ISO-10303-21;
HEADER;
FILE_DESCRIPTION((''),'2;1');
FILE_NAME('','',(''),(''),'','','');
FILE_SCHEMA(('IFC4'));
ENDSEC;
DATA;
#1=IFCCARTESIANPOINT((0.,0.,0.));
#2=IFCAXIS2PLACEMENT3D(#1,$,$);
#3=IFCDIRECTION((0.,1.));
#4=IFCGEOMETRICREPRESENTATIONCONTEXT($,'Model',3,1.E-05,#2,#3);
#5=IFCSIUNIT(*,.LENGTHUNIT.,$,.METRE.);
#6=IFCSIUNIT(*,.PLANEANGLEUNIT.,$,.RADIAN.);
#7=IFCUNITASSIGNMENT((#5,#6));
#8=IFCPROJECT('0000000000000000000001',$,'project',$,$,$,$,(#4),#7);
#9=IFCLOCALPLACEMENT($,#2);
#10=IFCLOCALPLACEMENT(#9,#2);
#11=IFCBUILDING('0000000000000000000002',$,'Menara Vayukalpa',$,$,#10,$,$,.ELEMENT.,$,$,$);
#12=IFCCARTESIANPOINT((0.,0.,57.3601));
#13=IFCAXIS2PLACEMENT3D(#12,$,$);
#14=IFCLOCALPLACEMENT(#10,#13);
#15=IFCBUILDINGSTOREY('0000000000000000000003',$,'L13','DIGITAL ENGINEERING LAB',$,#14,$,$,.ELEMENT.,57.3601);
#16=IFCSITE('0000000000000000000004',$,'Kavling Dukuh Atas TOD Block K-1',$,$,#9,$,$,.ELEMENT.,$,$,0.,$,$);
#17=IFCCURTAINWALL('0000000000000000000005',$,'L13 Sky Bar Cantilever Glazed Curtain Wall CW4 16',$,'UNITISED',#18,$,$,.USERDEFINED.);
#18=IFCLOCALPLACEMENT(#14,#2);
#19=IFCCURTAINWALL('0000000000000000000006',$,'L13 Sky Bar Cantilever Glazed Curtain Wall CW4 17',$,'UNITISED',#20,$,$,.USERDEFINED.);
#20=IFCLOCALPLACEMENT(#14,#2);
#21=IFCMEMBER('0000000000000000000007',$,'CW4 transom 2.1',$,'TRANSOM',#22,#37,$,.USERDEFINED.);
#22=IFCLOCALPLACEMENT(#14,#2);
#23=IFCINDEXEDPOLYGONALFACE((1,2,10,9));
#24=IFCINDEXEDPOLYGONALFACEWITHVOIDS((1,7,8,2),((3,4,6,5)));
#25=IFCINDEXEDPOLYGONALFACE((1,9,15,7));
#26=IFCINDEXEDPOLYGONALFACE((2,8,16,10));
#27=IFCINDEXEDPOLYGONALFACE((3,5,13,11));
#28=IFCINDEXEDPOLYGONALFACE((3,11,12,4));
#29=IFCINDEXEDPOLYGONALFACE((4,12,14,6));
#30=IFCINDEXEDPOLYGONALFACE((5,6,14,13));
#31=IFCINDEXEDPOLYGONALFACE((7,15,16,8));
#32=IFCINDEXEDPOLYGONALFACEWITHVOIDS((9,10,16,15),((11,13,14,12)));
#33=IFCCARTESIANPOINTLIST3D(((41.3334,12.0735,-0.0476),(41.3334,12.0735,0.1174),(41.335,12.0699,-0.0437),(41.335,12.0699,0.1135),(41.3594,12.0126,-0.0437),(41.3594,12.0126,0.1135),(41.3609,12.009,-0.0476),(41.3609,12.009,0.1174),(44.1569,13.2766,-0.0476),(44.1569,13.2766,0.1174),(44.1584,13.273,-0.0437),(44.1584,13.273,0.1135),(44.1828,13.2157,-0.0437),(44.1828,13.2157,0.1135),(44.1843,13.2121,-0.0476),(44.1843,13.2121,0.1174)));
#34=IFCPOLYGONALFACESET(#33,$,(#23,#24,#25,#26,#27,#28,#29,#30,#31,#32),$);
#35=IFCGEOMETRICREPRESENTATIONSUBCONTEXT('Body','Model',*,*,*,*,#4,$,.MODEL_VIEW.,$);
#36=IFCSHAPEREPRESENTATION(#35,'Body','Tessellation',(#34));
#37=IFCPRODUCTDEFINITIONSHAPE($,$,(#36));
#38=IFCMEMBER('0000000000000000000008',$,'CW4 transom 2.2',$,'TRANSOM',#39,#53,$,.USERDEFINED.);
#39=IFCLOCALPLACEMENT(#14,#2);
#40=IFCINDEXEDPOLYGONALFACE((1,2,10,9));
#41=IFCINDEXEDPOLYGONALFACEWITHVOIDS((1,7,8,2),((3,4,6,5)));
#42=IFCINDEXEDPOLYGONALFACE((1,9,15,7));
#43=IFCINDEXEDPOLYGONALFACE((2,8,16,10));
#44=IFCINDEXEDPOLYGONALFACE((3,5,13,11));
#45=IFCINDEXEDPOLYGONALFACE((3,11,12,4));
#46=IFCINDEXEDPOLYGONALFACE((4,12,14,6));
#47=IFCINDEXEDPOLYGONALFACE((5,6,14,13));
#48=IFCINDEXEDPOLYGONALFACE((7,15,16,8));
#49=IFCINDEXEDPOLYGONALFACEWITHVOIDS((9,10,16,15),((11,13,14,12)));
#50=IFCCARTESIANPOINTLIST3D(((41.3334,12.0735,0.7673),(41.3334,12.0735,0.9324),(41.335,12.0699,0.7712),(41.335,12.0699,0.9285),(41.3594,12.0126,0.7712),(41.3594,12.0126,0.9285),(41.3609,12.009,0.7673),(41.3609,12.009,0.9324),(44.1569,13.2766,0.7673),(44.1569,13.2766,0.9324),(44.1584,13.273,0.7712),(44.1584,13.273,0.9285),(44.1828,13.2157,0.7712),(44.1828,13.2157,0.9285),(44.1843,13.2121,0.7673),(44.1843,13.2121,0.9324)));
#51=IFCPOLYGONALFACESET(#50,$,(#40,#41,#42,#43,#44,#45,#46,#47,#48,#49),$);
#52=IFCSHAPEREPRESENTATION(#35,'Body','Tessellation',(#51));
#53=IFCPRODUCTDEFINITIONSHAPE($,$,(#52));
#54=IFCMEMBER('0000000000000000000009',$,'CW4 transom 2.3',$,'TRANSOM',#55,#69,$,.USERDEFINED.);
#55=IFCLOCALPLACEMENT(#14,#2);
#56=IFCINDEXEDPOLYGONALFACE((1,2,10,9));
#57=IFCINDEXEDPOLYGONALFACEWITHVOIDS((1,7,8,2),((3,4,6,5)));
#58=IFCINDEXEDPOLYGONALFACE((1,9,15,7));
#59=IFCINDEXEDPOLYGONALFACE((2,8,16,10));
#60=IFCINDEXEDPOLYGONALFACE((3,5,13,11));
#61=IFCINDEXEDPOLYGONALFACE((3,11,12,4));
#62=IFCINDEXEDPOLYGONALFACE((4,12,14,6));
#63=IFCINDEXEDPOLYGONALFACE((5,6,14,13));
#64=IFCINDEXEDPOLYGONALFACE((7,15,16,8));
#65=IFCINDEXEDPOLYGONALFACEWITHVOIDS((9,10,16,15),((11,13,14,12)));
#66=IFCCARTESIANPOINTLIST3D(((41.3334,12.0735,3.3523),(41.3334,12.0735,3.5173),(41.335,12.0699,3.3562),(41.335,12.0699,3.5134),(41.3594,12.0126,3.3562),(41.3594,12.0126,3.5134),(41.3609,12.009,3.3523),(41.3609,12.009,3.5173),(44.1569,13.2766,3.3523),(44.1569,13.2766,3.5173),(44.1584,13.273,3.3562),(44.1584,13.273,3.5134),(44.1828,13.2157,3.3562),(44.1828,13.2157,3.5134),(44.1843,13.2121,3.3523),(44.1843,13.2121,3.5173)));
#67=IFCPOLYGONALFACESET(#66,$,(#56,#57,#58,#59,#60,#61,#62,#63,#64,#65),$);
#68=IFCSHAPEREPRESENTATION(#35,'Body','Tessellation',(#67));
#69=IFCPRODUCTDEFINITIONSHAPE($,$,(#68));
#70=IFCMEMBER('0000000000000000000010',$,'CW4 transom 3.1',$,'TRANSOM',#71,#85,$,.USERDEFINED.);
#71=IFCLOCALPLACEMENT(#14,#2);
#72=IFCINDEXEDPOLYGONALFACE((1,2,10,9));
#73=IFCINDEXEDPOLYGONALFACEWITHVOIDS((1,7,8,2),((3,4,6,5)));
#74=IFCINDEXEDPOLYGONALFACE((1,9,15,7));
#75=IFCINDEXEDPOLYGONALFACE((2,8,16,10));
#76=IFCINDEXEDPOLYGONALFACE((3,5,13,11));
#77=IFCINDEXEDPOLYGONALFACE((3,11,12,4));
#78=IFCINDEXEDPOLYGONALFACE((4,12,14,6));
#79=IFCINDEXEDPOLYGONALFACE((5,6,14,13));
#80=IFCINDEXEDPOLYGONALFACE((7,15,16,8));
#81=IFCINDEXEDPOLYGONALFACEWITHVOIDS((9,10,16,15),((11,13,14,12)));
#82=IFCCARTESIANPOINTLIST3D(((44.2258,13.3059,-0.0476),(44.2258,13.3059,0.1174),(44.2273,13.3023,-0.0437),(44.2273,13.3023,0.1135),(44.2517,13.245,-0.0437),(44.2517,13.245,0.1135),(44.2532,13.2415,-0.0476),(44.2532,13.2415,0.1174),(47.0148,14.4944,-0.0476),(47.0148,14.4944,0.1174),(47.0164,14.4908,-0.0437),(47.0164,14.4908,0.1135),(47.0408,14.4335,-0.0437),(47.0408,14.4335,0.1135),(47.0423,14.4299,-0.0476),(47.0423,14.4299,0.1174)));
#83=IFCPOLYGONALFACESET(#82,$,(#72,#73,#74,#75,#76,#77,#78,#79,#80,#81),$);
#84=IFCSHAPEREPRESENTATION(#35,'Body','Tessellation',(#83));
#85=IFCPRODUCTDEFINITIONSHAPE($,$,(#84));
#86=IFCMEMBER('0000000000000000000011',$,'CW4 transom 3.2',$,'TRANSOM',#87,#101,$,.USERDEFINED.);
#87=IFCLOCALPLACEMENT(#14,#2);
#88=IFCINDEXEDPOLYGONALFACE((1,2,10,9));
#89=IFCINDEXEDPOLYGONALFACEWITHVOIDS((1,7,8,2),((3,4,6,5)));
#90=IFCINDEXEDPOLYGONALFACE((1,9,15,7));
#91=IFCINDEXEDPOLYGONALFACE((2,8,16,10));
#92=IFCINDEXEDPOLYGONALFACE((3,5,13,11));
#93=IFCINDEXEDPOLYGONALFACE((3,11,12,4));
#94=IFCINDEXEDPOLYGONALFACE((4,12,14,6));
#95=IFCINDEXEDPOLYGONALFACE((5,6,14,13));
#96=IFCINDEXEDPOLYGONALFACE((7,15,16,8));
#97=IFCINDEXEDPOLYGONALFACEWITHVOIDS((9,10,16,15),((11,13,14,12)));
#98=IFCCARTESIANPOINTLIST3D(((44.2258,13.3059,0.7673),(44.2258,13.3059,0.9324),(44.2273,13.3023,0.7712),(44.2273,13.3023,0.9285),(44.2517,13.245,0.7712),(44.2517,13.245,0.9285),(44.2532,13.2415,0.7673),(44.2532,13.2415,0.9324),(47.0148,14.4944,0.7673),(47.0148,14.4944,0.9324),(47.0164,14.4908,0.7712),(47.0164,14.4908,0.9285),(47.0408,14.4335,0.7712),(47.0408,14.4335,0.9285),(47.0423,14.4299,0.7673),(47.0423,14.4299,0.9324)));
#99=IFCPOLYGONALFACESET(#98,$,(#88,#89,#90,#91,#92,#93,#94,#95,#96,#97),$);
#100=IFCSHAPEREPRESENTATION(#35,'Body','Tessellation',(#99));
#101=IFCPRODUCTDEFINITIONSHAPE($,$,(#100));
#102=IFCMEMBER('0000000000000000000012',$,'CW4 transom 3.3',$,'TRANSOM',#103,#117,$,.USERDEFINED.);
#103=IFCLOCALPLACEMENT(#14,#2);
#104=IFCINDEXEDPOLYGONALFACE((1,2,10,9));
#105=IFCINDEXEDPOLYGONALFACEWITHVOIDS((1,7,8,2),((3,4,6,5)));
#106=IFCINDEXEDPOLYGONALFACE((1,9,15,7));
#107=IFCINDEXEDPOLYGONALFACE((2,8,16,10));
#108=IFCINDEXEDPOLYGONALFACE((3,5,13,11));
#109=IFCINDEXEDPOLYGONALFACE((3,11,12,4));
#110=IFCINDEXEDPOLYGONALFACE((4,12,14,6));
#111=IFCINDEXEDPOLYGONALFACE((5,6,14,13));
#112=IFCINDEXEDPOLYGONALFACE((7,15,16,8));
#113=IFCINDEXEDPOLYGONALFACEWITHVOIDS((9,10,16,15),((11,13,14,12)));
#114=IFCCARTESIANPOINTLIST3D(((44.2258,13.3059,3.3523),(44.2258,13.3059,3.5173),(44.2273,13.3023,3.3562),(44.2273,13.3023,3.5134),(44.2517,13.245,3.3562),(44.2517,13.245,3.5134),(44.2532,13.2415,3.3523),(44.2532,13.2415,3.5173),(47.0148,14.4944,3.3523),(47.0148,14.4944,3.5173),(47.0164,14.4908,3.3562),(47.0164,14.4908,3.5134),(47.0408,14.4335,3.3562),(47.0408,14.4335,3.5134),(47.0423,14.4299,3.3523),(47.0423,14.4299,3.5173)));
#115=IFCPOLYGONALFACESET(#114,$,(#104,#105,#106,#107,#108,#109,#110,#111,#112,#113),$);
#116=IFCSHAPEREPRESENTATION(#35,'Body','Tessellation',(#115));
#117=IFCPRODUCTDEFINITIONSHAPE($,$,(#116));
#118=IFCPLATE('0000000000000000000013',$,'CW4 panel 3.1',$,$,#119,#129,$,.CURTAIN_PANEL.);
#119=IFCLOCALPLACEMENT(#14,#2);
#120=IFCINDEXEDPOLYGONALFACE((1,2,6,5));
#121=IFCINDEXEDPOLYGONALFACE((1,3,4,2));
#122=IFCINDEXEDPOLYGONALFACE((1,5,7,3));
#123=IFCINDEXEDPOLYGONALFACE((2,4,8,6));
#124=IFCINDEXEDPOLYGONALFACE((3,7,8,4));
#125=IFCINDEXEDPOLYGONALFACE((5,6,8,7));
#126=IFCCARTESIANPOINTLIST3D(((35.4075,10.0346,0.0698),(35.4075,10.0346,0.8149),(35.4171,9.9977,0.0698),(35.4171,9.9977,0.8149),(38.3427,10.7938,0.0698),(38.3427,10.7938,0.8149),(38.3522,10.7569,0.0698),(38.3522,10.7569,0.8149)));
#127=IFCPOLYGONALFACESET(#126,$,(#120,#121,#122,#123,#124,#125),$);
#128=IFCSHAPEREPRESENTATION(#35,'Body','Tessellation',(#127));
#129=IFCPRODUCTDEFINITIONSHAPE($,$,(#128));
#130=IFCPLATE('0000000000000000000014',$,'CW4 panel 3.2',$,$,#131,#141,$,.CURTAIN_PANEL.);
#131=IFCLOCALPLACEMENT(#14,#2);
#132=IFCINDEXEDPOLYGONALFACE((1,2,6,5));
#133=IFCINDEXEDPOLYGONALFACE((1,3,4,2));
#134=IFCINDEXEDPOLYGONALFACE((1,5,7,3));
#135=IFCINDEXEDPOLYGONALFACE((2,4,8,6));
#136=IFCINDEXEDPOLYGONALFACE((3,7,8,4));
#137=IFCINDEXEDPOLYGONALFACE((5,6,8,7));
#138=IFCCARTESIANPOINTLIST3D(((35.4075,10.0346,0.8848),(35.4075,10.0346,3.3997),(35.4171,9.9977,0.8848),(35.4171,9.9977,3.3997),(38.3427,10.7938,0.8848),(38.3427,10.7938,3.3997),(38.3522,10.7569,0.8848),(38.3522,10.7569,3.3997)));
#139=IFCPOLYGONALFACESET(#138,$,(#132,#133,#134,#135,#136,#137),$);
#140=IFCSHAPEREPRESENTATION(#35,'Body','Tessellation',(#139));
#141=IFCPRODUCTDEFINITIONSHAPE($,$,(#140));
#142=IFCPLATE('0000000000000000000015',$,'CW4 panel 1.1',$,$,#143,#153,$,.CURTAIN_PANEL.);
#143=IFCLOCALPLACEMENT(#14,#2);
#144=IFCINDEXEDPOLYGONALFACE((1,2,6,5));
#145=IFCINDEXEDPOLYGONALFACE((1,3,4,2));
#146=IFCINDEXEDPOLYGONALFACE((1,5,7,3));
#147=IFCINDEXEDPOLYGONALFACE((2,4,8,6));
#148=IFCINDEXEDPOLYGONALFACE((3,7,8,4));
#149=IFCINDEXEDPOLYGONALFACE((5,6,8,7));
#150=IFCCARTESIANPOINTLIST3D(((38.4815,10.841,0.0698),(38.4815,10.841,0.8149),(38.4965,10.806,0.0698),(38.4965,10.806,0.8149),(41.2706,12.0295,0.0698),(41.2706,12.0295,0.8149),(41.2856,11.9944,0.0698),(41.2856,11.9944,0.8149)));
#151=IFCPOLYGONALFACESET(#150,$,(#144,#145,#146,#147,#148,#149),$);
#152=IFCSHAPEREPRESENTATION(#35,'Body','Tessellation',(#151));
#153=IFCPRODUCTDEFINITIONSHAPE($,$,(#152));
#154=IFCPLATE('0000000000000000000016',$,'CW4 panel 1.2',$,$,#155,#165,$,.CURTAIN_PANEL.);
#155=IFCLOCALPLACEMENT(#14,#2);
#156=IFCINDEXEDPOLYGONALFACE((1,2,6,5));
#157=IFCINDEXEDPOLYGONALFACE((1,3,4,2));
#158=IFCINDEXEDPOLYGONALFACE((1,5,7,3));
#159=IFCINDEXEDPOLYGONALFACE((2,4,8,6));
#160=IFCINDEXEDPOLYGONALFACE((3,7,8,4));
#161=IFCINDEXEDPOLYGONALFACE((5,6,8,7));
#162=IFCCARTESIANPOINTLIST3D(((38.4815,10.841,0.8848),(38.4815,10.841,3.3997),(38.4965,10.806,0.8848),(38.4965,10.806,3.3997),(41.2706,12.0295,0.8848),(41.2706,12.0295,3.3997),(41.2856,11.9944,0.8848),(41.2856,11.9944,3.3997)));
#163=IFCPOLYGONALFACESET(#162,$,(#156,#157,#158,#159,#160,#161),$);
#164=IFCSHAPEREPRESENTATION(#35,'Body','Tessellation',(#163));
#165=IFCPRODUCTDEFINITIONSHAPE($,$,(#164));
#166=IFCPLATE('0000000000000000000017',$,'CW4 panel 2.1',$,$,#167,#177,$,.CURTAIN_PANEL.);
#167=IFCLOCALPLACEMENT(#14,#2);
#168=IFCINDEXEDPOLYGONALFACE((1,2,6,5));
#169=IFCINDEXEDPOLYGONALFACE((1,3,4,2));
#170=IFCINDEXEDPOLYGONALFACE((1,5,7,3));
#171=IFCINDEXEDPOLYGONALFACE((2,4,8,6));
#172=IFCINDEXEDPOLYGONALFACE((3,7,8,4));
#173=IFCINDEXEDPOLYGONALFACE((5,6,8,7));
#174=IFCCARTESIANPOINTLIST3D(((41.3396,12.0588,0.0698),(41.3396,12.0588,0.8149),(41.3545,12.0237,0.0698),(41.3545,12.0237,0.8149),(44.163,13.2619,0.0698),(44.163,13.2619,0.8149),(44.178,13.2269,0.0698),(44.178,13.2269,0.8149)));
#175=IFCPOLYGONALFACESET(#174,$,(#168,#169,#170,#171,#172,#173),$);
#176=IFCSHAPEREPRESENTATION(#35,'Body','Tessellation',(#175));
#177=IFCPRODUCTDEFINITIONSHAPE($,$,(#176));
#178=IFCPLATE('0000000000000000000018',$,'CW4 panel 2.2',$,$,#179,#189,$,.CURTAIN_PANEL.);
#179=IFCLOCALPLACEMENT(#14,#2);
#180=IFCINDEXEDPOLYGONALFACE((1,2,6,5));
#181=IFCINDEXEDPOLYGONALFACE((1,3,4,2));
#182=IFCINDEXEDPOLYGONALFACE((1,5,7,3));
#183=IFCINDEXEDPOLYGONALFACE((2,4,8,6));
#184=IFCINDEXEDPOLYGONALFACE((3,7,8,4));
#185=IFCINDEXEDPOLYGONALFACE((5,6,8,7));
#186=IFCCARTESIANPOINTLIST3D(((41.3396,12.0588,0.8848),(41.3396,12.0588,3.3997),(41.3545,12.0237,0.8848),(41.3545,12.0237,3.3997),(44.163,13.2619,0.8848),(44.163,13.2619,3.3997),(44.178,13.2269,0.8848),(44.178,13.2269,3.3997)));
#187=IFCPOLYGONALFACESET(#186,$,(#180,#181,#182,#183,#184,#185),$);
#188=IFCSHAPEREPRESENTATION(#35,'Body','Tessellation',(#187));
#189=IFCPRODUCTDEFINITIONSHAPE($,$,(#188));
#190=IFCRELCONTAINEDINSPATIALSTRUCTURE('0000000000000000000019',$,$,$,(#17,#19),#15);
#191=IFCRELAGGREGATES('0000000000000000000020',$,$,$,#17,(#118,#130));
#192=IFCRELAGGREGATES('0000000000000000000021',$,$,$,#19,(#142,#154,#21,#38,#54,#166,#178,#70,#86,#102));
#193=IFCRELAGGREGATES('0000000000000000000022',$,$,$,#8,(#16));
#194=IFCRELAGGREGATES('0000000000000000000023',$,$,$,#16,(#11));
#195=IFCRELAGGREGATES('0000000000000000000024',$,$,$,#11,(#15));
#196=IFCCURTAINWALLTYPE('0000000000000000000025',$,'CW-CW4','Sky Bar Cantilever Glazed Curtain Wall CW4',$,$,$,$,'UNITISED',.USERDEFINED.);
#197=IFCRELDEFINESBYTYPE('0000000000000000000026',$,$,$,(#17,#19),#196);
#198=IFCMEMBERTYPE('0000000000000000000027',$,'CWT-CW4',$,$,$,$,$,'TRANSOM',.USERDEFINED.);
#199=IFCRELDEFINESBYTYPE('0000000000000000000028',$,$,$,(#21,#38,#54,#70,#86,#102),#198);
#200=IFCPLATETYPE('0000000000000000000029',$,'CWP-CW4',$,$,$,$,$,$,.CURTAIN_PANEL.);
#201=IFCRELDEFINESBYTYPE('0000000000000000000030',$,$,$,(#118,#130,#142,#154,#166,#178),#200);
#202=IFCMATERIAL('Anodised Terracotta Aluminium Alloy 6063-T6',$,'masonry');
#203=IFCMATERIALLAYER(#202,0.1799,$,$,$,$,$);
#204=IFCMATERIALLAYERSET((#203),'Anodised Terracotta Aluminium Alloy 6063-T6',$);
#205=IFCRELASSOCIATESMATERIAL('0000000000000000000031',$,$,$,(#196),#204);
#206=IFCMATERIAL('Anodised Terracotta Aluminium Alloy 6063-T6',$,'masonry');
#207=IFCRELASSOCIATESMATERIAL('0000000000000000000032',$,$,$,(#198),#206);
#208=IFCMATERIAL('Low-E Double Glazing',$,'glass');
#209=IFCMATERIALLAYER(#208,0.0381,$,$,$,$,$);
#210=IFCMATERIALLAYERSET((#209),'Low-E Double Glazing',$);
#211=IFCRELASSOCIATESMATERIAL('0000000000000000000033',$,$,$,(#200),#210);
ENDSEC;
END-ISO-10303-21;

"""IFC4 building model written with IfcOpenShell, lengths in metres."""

from ifc_helpers import new_model, si_unit, direction, frame, origin, origin_2d, place, context, subcontext, project, spatial, rectangle, hollow_rectangle, extrude, material, layer, layer_set, material_profile, profile_set, type_object, element, aggregate, save


model = new_model("IFC4")

# Units and contexts
model_context = context("Model", 3, precision=1e-05, world=origin(), true_north=direction((0.0, 1.0)))
body_context = subcontext(model_context, "Body", "Model", "MODEL_VIEW")
ifc_project = project(units=[si_unit("LENGTHUNIT", "METRE"), si_unit("PLANEANGLEUNIT", "RADIAN")], contexts=[model_context])

# Site, building, storey
site_placement = place(None, origin())
site = spatial("IfcSite", under=ifc_project, at=site_placement, Name="Kavling Dukuh Atas TOD Block K-1", CompositionType="ELEMENT", RefElevation=0.0)
building_placement = place(site_placement, origin())
building = spatial("IfcBuilding", under=site, at=building_placement, Name="Menara Vayukalpa", CompositionType="ELEMENT")
storey_placement = place(building_placement, frame((0.0, 0.0, 57.3601)))
storey = spatial("IfcBuildingStorey", under=building, at=storey_placement, Name="L13", Description="DIGITAL ENGINEERING LAB", CompositionType="ELEMENT", Elevation=57.3601)

# Curtain walls
ifc_material_1 = material(Name="Anodised Terracotta Aluminium Alloy 6063-T6", Category="masonry")
ifc_layer_1 = layer(ifc_material_1, 0.1799)
ifc_layer_set_1 = layer_set([ifc_layer_1], Name="Anodised Terracotta Aluminium Alloy 6063-T6")
curtain_wall_type = type_object("IfcCurtainWallType", Name="CW-CW4", Description="Sky Bar Cantilever Glazed Curtain Wall CW4", ElementType="UNITISED", PredefinedType="USERDEFINED", material=ifc_layer_set_1)
curtain_wall_1_placement = place(storey_placement, origin())
curtain_wall_1 = element("IfcCurtainWall", 1, at=curtain_wall_1_placement, inside=storey, type_object=curtain_wall_type, Name="L13 Sky Bar Cantilever Glazed Curtain Wall CW4 16", ObjectType="UNITISED", PredefinedType="USERDEFINED")
curtain_wall_2_placement = place(storey_placement, origin())
curtain_wall_2 = element("IfcCurtainWall", 2, at=curtain_wall_2_placement, inside=storey, type_object=curtain_wall_type, Name="L13 Sky Bar Cantilever Glazed Curtain Wall CW4 17", ObjectType="UNITISED", PredefinedType="USERDEFINED")

# Members
ifc_material_2 = material(Name="Anodised Terracotta Aluminium Alloy 6063-T6", Category="masonry")
ifc_material_profile_1 = material_profile(ifc_material_2, hollow_rectangle(XDim=0.0701, YDim=0.165, WallThickness=0.0039, at=origin_2d()), Name="ALU 70x165x4")
ifc_profile_set_1 = profile_set([ifc_material_profile_1], Name="Anodised Terracotta Aluminium Alloy 6063-T6")
member_type_1 = type_object("IfcMemberType", Name="CWT-CW4", ElementType="TRANSOM", PredefinedType="USERDEFINED", material=ifc_profile_set_1)
member_1_placement = place(storey_placement, frame((41.3472, 12.0413, 0.0349), z_axis=(0.919962, 0.392008, 0.0), x_axis=(-0.392008, 0.919962, 0.0)))
member_1 = element("IfcMember", 3, at=member_1_placement, type_object=member_type_1, Name="CW4 transom 2.1", ObjectType="TRANSOM", PredefinedType="USERDEFINED", context=body_context, shape_type="SweptSolid", body=[
    extrude(hollow_rectangle(XDim=0.0701, YDim=0.165, WallThickness=0.0039, at=origin_2d()), origin(), (0.0, 0.0, 1.0), 3.0691),
])
member_2_placement = place(storey_placement, frame((41.3472, 12.0413, 0.8499), z_axis=(0.919962, 0.392008, 0.0), x_axis=(-0.392008, 0.919962, 0.0)))
member_2 = element("IfcMember", 4, at=member_2_placement, type_object=member_type_1, Name="CW4 transom 2.2", ObjectType="TRANSOM", PredefinedType="USERDEFINED", context=body_context, shape_type="SweptSolid", body=[
    extrude(hollow_rectangle(XDim=0.0701, YDim=0.165, WallThickness=0.0039, at=origin_2d()), origin(), (0.0, 0.0, 1.0), 3.0691),
])
member_3_placement = place(storey_placement, frame((41.3472, 12.0413, 3.4348), z_axis=(0.919962, 0.392008, 0.0), x_axis=(-0.392008, 0.919962, 0.0)))
member_3 = element("IfcMember", 5, at=member_3_placement, type_object=member_type_1, Name="CW4 transom 2.3", ObjectType="TRANSOM", PredefinedType="USERDEFINED", context=body_context, shape_type="SweptSolid", body=[
    extrude(hollow_rectangle(XDim=0.0701, YDim=0.165, WallThickness=0.0039, at=origin_2d()), origin(), (0.0, 0.0, 1.0), 3.0691),
])
member_4_placement = place(storey_placement, frame((44.2395, 13.2737, 0.0349), z_axis=(0.919959, 0.392014, 0.0), x_axis=(-0.392014, 0.919959, 0.0)))
member_4 = element("IfcMember", 6, at=member_4_placement, type_object=member_type_1, Name="CW4 transom 3.1", ObjectType="TRANSOM", PredefinedType="USERDEFINED", context=body_context, shape_type="SweptSolid", body=[
    extrude(hollow_rectangle(XDim=0.0701, YDim=0.165, WallThickness=0.0039, at=origin_2d()), origin(), (0.0, 0.0, 1.0), 3.0317),
])
member_5_placement = place(storey_placement, frame((44.2395, 13.2737, 0.8499), z_axis=(0.919959, 0.392014, 0.0), x_axis=(-0.392014, 0.919959, 0.0)))
member_5 = element("IfcMember", 7, at=member_5_placement, type_object=member_type_1, Name="CW4 transom 3.2", ObjectType="TRANSOM", PredefinedType="USERDEFINED", context=body_context, shape_type="SweptSolid", body=[
    extrude(hollow_rectangle(XDim=0.0701, YDim=0.165, WallThickness=0.0039, at=origin_2d()), origin(), (0.0, 0.0, 1.0), 3.0317),
])
member_6_placement = place(storey_placement, frame((44.2395, 13.2737, 3.4348), z_axis=(0.919959, 0.392014, 0.0), x_axis=(-0.392014, 0.919959, 0.0)))
member_6 = element("IfcMember", 8, at=member_6_placement, type_object=member_type_1, Name="CW4 transom 3.3", ObjectType="TRANSOM", PredefinedType="USERDEFINED", context=body_context, shape_type="SweptSolid", body=[
    extrude(hollow_rectangle(XDim=0.0701, YDim=0.165, WallThickness=0.0039, at=origin_2d()), origin(), (0.0, 0.0, 1.0), 3.0317),
])

# Plates
ifc_material_3 = material(Name="Low-E Double Glazing", Category="glass")
ifc_layer_2 = layer(ifc_material_3, 0.0381)
ifc_layer_set_2 = layer_set([ifc_layer_2], Name="Low-E Double Glazing")
plate_type = type_object("IfcPlateType", Name="CWP-CW4", PredefinedType="CURTAIN_PANEL", material=ifc_layer_set_2)
plate_1_placement = place(storey_placement, frame((36.8799, 10.3958, 0.0698), z_axis=(0.0, 0.0, 1.0), x_axis=(0.968142, 0.250403, 0.0)))
plate_1 = element("IfcPlate", 9, at=plate_1_placement, type_object=plate_type, Name="CW4 panel 3.1", PredefinedType="CURTAIN_PANEL", context=body_context, shape_type="SweptSolid", body=[
    extrude(rectangle(XDim=3.0317, YDim=0.0381, at=origin_2d()), origin(), (0.0, 0.0, 1.0), 0.7451),
])
plate_2_placement = place(storey_placement, frame((36.8799, 10.3958, 0.8848), z_axis=(0.0, 0.0, 1.0), x_axis=(0.968142, 0.250403, 0.0)))
plate_2 = element("IfcPlate", 10, at=plate_2_placement, type_object=plate_type, Name="CW4 panel 3.2", PredefinedType="CURTAIN_PANEL", context=body_context, shape_type="SweptSolid", body=[
    extrude(rectangle(XDim=3.0317, YDim=0.0381, at=origin_2d()), origin(), (0.0, 0.0, 1.0), 2.5149),
])
aggregate(curtain_wall_1, [plate_1, plate_2])
plate_3_placement = place(storey_placement, frame((39.8835, 11.4177, 0.0698), z_axis=(0.0, 0.0, 1.0), x_axis=(0.919962, 0.392008, 0.0)))
plate_3 = element("IfcPlate", 11, at=plate_3_placement, type_object=plate_type, Name="CW4 panel 1.1", PredefinedType="CURTAIN_PANEL", context=body_context, shape_type="SweptSolid", body=[
    extrude(rectangle(XDim=3.0317, YDim=0.0381, at=origin_2d()), origin(), (0.0, 0.0, 1.0), 0.7451),
])
plate_4_placement = place(storey_placement, frame((39.8835, 11.4177, 0.8848), z_axis=(0.0, 0.0, 1.0), x_axis=(0.919962, 0.392008, 0.0)))
plate_4 = element("IfcPlate", 12, at=plate_4_placement, type_object=plate_type, Name="CW4 panel 1.2", PredefinedType="CURTAIN_PANEL", context=body_context, shape_type="SweptSolid", body=[
    extrude(rectangle(XDim=3.0317, YDim=0.0381, at=origin_2d()), origin(), (0.0, 0.0, 1.0), 2.5149),
])
plate_5_placement = place(storey_placement, frame((42.7588, 12.6428, 0.0698), z_axis=(0.0, 0.0, 1.0), x_axis=(0.919962, 0.392008, 0.0)))
plate_5 = element("IfcPlate", 13, at=plate_5_placement, type_object=plate_type, Name="CW4 panel 2.1", PredefinedType="CURTAIN_PANEL", context=body_context, shape_type="SweptSolid", body=[
    extrude(rectangle(XDim=3.0691, YDim=0.0381, at=origin_2d()), origin(), (0.0, 0.0, 1.0), 0.7451),
])
plate_6_placement = place(storey_placement, frame((42.7588, 12.6428, 0.8848), z_axis=(0.0, 0.0, 1.0), x_axis=(0.919962, 0.392008, 0.0)))
plate_6 = element("IfcPlate", 14, at=plate_6_placement, type_object=plate_type, Name="CW4 panel 2.2", PredefinedType="CURTAIN_PANEL", context=body_context, shape_type="SweptSolid", body=[
    extrude(rectangle(XDim=3.0691, YDim=0.0381, at=origin_2d()), origin(), (0.0, 0.0, 1.0), 2.5149),
])
aggregate(curtain_wall_2, [plate_3, plate_4, member_1, member_2, member_3, plate_5, plate_6, member_4, member_5, member_6])

save(model, "model.ifc")
